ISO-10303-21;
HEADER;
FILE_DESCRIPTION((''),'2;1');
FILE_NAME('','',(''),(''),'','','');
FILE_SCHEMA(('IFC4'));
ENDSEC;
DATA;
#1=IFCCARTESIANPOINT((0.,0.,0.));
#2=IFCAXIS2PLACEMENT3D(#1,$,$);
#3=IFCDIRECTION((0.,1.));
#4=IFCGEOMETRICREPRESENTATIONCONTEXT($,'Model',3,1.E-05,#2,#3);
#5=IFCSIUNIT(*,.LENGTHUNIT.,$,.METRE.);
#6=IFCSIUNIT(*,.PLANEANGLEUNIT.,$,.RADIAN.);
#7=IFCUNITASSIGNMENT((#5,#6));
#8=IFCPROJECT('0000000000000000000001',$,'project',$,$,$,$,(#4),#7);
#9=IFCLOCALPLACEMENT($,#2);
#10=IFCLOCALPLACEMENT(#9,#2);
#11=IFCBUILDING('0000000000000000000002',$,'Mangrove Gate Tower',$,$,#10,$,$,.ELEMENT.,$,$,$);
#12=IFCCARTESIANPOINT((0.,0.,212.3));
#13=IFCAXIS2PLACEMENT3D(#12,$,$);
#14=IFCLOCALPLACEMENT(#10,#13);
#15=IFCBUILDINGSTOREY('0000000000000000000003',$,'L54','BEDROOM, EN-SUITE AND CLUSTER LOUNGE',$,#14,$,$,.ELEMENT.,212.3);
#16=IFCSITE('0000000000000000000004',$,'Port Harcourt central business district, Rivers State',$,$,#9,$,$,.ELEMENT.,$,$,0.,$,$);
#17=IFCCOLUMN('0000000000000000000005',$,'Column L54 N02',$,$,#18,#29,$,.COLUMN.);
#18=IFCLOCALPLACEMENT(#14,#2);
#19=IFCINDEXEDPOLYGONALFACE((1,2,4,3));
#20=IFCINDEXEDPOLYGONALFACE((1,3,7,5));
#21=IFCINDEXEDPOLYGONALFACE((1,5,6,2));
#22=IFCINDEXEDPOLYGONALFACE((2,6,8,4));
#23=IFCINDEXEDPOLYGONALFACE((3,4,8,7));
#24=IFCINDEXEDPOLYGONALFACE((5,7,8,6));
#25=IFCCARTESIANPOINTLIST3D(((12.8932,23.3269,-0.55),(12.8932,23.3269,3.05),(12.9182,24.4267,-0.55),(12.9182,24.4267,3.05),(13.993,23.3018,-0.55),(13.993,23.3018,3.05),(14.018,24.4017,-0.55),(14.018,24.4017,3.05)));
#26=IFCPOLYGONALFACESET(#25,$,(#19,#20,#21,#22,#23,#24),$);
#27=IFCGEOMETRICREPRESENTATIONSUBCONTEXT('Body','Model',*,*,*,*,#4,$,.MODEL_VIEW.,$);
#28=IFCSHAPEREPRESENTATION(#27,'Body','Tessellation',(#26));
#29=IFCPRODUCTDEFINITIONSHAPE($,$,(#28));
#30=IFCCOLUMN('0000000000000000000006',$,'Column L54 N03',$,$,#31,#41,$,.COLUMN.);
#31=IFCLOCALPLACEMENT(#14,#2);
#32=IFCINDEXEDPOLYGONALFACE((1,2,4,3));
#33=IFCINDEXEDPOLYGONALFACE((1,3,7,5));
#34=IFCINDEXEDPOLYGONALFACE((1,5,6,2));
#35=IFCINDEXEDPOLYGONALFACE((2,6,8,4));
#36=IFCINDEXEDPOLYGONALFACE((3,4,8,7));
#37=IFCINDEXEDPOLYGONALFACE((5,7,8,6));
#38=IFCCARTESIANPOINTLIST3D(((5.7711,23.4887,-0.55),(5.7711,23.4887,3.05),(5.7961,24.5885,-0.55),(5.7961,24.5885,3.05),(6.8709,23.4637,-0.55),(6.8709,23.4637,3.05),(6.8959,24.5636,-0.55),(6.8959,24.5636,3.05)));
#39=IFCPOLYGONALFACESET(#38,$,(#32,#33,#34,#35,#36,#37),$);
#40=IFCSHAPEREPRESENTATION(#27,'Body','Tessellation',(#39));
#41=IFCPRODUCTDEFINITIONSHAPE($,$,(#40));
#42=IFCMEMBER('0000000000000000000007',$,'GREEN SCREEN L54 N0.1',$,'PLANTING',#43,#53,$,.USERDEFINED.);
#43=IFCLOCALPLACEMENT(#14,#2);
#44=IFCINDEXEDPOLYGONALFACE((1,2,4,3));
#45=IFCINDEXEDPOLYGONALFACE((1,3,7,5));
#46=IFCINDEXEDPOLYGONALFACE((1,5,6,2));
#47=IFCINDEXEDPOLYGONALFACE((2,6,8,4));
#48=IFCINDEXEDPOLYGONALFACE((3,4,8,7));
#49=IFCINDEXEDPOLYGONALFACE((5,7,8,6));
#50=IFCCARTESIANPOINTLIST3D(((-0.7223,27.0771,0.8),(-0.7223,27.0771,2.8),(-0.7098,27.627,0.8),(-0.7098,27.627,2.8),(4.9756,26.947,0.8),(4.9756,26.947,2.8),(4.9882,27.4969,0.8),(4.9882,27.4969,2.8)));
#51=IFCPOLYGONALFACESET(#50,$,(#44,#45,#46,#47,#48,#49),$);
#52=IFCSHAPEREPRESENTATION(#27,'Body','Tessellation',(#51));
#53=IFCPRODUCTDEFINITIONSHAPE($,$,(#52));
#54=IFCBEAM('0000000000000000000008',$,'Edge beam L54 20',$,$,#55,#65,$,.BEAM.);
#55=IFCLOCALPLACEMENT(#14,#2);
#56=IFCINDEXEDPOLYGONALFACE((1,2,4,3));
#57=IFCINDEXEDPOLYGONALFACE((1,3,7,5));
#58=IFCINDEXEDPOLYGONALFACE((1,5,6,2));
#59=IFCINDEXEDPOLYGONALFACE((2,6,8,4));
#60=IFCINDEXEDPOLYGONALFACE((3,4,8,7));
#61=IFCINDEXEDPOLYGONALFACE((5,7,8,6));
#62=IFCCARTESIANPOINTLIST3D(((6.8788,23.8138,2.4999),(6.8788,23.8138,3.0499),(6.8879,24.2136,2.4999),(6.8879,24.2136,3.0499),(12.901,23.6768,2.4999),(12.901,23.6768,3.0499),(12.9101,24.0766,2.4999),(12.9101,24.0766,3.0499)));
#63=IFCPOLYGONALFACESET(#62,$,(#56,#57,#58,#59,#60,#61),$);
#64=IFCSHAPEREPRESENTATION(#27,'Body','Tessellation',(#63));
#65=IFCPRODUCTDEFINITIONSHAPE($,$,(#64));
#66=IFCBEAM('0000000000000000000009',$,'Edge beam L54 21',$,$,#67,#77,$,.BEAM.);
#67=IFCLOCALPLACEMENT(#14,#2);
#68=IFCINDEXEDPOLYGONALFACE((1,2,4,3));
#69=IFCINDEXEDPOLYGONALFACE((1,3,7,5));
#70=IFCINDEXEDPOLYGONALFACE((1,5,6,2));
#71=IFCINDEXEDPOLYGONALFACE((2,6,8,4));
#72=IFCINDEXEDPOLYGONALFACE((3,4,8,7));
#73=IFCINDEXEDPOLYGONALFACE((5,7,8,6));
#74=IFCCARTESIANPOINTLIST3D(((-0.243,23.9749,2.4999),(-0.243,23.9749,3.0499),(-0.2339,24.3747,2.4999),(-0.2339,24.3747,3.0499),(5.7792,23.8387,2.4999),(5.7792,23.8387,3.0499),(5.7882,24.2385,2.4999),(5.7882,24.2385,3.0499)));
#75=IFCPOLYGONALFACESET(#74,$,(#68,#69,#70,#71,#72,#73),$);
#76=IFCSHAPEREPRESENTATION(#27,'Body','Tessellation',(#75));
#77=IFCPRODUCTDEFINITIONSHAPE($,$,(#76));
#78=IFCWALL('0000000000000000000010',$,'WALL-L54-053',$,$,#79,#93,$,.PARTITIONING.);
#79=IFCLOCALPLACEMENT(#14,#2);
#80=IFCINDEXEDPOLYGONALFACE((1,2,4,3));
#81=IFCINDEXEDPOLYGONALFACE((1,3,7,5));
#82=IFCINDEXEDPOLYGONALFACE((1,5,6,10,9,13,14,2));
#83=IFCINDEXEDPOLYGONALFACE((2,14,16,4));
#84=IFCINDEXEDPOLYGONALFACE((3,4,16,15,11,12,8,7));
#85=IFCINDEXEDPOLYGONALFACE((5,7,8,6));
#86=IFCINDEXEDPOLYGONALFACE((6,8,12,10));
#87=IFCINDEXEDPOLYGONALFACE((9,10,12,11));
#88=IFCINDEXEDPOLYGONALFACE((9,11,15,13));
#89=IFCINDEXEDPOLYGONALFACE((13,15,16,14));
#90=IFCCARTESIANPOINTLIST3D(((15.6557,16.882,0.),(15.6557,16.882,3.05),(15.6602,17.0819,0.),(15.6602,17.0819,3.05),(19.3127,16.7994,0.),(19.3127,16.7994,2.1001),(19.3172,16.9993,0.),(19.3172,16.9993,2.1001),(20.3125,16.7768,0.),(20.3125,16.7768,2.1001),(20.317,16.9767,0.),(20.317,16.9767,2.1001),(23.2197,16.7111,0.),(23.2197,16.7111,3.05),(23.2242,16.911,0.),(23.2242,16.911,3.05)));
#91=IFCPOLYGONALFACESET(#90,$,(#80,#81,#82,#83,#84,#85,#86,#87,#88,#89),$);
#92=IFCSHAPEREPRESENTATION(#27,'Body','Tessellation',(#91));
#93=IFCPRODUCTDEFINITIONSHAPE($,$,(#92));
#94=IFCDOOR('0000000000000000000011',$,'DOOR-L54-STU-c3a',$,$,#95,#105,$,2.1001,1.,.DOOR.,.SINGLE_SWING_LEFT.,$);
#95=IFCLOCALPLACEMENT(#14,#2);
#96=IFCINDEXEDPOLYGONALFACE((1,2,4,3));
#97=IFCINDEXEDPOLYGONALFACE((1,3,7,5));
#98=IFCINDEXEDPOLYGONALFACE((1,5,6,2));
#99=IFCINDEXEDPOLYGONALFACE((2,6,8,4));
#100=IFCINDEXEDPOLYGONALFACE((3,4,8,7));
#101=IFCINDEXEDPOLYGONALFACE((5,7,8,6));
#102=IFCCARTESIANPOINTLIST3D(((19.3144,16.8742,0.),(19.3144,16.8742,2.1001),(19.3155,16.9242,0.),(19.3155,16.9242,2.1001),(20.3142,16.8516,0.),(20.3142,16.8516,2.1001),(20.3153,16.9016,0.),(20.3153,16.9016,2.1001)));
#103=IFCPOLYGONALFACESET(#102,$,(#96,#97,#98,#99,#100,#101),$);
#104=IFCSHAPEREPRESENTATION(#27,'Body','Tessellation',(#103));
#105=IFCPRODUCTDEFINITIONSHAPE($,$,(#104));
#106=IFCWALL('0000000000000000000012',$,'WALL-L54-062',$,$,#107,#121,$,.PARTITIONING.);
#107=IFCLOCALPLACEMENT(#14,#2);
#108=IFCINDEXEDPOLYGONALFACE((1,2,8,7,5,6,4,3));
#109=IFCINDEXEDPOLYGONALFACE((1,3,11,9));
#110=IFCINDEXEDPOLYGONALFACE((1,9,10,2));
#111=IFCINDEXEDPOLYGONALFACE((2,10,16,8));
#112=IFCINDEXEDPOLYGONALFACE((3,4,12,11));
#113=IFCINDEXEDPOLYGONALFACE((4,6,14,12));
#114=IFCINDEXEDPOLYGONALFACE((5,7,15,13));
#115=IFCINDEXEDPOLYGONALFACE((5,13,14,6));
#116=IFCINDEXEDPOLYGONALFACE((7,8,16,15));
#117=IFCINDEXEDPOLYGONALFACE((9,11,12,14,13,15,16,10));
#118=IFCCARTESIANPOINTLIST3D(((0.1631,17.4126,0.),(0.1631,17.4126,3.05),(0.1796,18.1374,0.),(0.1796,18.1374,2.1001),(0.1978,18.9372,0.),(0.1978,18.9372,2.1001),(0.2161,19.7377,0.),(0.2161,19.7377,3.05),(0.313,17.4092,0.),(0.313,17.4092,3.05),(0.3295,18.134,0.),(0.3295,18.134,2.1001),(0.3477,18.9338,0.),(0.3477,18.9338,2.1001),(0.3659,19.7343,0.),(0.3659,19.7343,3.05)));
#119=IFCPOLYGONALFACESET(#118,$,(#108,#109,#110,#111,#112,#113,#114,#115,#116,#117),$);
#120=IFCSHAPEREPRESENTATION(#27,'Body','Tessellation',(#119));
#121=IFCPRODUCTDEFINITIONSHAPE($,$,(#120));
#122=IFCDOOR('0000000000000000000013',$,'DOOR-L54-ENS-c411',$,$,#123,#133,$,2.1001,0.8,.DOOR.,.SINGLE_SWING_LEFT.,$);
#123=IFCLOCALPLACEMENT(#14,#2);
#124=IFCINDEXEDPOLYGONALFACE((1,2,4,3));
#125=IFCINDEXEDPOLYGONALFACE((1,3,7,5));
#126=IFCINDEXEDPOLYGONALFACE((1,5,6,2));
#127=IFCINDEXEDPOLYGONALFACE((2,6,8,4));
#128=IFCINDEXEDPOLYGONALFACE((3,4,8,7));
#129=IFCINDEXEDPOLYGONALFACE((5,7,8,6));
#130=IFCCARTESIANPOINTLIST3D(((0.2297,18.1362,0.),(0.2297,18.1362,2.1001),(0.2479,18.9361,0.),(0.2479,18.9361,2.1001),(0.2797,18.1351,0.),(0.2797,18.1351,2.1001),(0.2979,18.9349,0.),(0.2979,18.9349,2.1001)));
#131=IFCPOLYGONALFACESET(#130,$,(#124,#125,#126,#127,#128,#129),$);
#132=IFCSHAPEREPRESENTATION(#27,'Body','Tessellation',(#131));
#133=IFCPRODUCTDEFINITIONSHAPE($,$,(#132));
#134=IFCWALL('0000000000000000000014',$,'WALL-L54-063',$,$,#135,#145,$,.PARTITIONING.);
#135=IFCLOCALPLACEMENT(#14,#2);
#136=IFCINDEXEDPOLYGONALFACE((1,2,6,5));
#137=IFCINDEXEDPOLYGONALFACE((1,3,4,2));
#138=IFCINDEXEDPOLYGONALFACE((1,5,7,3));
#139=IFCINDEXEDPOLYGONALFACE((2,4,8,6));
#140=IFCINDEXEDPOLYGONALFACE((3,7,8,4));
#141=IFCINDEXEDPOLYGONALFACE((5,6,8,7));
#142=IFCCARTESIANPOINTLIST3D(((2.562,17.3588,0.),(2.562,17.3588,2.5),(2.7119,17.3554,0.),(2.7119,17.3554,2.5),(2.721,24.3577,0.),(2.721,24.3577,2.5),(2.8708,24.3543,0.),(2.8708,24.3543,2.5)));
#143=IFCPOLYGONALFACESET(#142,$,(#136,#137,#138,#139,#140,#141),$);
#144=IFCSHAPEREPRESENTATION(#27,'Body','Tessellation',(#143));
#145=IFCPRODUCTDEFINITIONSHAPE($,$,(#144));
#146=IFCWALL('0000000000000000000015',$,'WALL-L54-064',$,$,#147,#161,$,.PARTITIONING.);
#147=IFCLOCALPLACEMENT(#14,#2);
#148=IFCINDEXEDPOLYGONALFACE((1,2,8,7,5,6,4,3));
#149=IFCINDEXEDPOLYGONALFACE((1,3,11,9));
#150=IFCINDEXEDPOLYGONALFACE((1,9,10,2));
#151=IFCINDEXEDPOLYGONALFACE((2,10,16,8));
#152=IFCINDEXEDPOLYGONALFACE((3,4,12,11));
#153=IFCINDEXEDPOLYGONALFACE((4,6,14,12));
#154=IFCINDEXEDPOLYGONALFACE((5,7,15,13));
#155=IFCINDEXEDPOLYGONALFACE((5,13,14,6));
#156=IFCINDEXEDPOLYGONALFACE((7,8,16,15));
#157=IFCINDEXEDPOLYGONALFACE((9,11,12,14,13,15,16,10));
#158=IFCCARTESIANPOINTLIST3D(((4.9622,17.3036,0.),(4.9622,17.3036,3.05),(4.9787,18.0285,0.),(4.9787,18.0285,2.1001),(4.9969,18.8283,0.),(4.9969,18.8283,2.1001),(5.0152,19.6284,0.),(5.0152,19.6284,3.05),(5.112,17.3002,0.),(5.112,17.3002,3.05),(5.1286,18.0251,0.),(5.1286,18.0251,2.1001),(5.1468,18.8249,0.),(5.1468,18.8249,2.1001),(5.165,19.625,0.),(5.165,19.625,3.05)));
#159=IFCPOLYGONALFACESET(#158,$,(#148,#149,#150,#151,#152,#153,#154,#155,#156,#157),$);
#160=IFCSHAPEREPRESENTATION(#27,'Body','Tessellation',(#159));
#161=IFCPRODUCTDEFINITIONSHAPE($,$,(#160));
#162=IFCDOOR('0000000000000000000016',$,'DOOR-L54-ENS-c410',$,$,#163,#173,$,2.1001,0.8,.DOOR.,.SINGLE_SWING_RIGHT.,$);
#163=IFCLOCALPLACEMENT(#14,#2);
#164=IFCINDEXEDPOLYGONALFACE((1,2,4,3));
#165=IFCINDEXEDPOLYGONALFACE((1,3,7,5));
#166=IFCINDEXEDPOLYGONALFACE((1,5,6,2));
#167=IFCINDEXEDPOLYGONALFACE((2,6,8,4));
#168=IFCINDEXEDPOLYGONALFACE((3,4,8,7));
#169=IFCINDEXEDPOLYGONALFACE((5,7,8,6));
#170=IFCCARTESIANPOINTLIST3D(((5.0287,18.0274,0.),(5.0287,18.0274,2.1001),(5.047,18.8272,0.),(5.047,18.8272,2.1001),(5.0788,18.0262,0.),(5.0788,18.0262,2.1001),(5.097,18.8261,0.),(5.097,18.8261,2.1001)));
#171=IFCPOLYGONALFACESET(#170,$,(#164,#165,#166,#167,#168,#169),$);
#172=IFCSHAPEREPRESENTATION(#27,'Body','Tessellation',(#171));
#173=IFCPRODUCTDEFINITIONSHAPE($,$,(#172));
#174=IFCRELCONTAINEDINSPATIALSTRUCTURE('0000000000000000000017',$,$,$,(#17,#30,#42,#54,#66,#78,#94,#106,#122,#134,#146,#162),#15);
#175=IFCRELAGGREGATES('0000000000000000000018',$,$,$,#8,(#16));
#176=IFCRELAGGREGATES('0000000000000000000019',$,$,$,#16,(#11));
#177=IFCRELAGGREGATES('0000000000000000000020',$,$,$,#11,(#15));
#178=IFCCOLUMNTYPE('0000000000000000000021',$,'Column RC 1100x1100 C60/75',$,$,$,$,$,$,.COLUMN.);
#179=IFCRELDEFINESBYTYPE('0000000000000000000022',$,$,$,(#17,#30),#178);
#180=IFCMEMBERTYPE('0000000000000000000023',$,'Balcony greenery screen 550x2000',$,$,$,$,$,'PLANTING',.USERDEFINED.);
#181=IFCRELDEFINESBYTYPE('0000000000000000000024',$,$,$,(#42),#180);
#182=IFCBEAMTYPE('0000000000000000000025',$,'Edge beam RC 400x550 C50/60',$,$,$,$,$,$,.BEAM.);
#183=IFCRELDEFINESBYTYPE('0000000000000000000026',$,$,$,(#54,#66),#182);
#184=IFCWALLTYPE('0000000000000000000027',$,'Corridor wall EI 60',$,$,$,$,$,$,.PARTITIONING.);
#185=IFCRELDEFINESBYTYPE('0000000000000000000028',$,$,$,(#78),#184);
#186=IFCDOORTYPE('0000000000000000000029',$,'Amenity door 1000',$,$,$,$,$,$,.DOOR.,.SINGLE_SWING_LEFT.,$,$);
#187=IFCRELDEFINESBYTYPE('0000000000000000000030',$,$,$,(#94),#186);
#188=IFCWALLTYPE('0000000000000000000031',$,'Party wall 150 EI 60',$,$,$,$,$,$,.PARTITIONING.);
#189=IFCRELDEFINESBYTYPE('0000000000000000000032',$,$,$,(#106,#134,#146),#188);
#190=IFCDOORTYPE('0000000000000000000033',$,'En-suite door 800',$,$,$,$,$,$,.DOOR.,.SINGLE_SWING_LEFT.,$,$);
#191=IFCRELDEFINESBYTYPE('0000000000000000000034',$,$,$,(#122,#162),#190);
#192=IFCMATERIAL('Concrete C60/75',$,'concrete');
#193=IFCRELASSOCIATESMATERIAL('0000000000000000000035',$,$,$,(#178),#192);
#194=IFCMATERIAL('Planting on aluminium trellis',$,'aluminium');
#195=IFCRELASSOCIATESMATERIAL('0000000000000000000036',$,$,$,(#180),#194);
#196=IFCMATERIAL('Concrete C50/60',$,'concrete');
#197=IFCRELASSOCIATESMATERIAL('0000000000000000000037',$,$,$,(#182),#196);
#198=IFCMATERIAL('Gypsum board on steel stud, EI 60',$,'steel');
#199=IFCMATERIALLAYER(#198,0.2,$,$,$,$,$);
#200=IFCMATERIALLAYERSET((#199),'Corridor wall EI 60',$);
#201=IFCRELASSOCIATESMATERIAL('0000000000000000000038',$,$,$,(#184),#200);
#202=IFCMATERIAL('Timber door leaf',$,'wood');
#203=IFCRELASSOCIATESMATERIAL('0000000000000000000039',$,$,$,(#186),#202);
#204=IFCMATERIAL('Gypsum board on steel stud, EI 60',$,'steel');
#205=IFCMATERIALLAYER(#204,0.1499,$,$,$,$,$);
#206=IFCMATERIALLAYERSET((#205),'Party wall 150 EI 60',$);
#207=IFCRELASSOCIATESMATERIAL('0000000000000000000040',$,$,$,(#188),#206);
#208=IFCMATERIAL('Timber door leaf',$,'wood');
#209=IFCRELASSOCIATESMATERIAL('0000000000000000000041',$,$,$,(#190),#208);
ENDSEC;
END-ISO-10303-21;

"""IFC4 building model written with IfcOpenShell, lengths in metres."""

from ifc_helpers import new_model, si_unit, direction, frame, frame_2d, origin, origin_2d, place, context, subcontext, project, spatial, rectangle, extrude, material, layer, layer_set, material_profile, profile_set, type_object, element, fill, save


model = new_model("IFC4")

# Units and contexts
model_context = context("Model", 3, precision=1e-05, world=origin(), true_north=direction((0.0, 1.0)))
body_context = subcontext(model_context, "Body", "Model", "MODEL_VIEW")
ifc_project = project(units=[si_unit("LENGTHUNIT", "METRE"), si_unit("PLANEANGLEUNIT", "RADIAN")], contexts=[model_context])

# Site, building, storey
site_placement = place(None, origin())
site = spatial("IfcSite", under=ifc_project, at=site_placement, Name="Port Harcourt central business district, Rivers State", CompositionType="ELEMENT", RefElevation=0.0)
building_placement = place(site_placement, origin())
building = spatial("IfcBuilding", under=site, at=building_placement, Name="Mangrove Gate Tower", CompositionType="ELEMENT")
storey_placement = place(building_placement, frame((0.0, 0.0, 212.3)))
storey = spatial("IfcBuildingStorey", under=building, at=storey_placement, Name="L54", Description="BEDROOM, EN-SUITE AND CLUSTER LOUNGE", CompositionType="ELEMENT", Elevation=212.3)

# Columns
ifc_material_1 = material(Name="Concrete C60/75", Category="concrete")
ifc_material_profile_1 = material_profile(ifc_material_1, rectangle(XDim=1.1001, YDim=1.1001, at=origin_2d()))
ifc_profile_set_1 = profile_set([ifc_material_profile_1], Name="Concrete C60/75")
column_type = type_object("IfcColumnType", Name="Column RC 1100x1100 C60/75", PredefinedType="COLUMN", material=ifc_profile_set_1)
for number, where, z_axis, x_axis, name in (
    (1, (13.4556, 23.8643, -0.55), (0.0, 0.0, 1.0), (-0.999741, 0.022741, 0.0), "Column L54 N02"),
    (2, (6.3335, 24.0261, -0.55), (0.0, 0.0, 1.0), (-0.999743, 0.02267, 0.0), "Column L54 N03"),
):
    element("IfcColumn", number, at=place(storey_placement, frame(where, z_axis=z_axis, x_axis=x_axis)), inside=storey, type_object=column_type, Name=name, PredefinedType="COLUMN", context=body_context, shape_type="SweptSolid", body=[
        extrude(rectangle(XDim=1.1001, YDim=1.1001, at=origin_2d()), origin(), (0.0, 0.0, 1.0), 3.6001),
    ])

# Member
ifc_material_2 = material(Name="Planting on aluminium trellis", Category="aluminium")
ifc_material_profile_2 = material_profile(ifc_material_2, rectangle(XDim=0.55, YDim=2.0, at=origin_2d()))
ifc_profile_set_2 = profile_set([ifc_material_profile_2], Name="Planting on aluminium trellis")
member_type = type_object("IfcMemberType", Name="Balcony greenery screen 550x2000", ElementType="PLANTING", PredefinedType="USERDEFINED", material=ifc_profile_set_2)
member_placement = place(storey_placement, frame((-0.7161, 27.3521, 1.8), z_axis=(0.999739, -0.022831, 0.0), x_axis=(0.022831, 0.999739, 0.0)))
element("IfcMember", 3, at=member_placement, inside=storey, type_object=member_type, Name="GREEN SCREEN L54 N0.1", ObjectType="PLANTING", PredefinedType="USERDEFINED", context=body_context, shape_type="SweptSolid", body=[
    extrude(rectangle(XDim=0.55, YDim=2.0, at=origin_2d()), origin(), (0.0, 0.0, 1.0), 5.6995),
])

# Beams
ifc_material_3 = material(Name="Concrete C50/60", Category="concrete")
ifc_material_profile_3 = material_profile(ifc_material_3, rectangle(XDim=0.3999, YDim=0.55, at=origin_2d()))
ifc_profile_set_3 = profile_set([ifc_material_profile_3], Name="Concrete C50/60")
beam_type = type_object("IfcBeamType", Name="Edge beam RC 400x550 C50/60", PredefinedType="BEAM", material=ifc_profile_set_3)
for number, where, z_axis, x_axis, name in (
    (4, (12.9055, 23.8767, 2.7749), (-0.999741, 0.022737, 0.0), (-0.022737, -0.999741, 0.0), "Edge beam L54 20"),
    (5, (5.7837, 24.0386, 2.7749), (-0.999744, 0.022616, 0.0), (-0.022616, -0.999744, 0.0), "Edge beam L54 21"),
):
    element("IfcBeam", number, at=place(storey_placement, frame(where, z_axis=z_axis, x_axis=x_axis)), inside=storey, type_object=beam_type, Name=name, PredefinedType="BEAM", context=body_context, shape_type="SweptSolid", body=[
        extrude(rectangle(XDim=0.3999, YDim=0.55, at=origin_2d()), origin(), (0.0, 0.0, 1.0), 6.0237),
    ])

# Walls, openings, doors
ifc_material_4 = material(Name="Gypsum board on steel stud, EI 60", Category="steel")
ifc_layer_1 = layer(ifc_material_4, 0.2)
ifc_layer_set_1 = layer_set([ifc_layer_1], Name="Corridor wall EI 60")
wall_type_1 = type_object("IfcWallType", Name="Corridor wall EI 60", PredefinedType="PARTITIONING", material=ifc_layer_set_1)
wall_1_placement = place(storey_placement, frame((15.658, 16.9819, 0.0), z_axis=(0.0, 0.0, 1.0), x_axis=(0.999745, -0.022588, 0.0)))
wall_1 = element("IfcWall", 6, at=wall_1_placement, inside=storey, type_object=wall_type_1, Name="WALL-L54-053", PredefinedType="PARTITIONING", context=body_context, shape_type="SweptSolid", body=[
    extrude(rectangle(XDim=7.5659, YDim=0.2, at=frame_2d((3.783, 0.0))), origin(), (0.0, 0.0, 1.0), 3.05),
])
opening_1_placement = place(wall_1_placement, frame((3.658, 0.0, 0.0)))
opening_1 = element("IfcOpeningElement", 7, at=opening_1_placement, cuts=wall_1, PredefinedType="OPENING", context=body_context, shape_type="SweptSolid", body=[
    extrude(rectangle(XDim=1.0, YDim=2.1001, at=frame_2d((0.5, 1.05))), frame((0.0, 0.1099, 0.0), z_axis=(0.0, -1.0, 0.0), x_axis=(1.0, 0.0, 0.0)), (0.0, 0.0, 1.0), 0.22),
])
ifc_material_5 = material(Name="Timber door leaf", Category="wood")
door_type_1 = type_object("IfcDoorType", Name="Amenity door 1000", OperationType="SINGLE_SWING_LEFT", PredefinedType="DOOR", material=ifc_material_5)
door_1_placement = place(opening_1_placement, origin())
door_1 = element("IfcDoor", 8, at=door_1_placement, inside=storey, type_object=door_type_1, Name="DOOR-L54-STU-c3a", OperationType="SINGLE_SWING_LEFT", OverallHeight=2.1001, OverallWidth=1.0, PredefinedType="DOOR", context=body_context, shape_type="SweptSolid", body=[
    extrude(rectangle(XDim=1.0, YDim=2.1001, at=frame_2d((0.5, 1.05))), frame((0.0, 0.0249, 0.0), z_axis=(0.0, -1.0, 0.0), x_axis=(1.0, 0.0, 0.0)), (0.0, 0.0, 1.0), 0.05),
])
fill(opening_1, door_1)
ifc_material_6 = material(Name="Gypsum board on steel stud, EI 60", Category="steel")
ifc_layer_2 = layer(ifc_material_6, 0.1499)
ifc_layer_set_2 = layer_set([ifc_layer_2], Name="Party wall 150 EI 60")
wall_type_2 = type_object("IfcWallType", Name="Party wall 150 EI 60", PredefinedType="PARTITIONING", material=ifc_layer_set_2)
wall_2_placement = place(storey_placement, frame((0.238, 17.4109, 0.0), z_axis=(0.0, 0.0, 1.0), x_axis=(0.022779, 0.999741, 0.0)))
wall_2 = element("IfcWall", 9, at=wall_2_placement, inside=storey, type_object=wall_type_2, Name="WALL-L54-062", PredefinedType="PARTITIONING", context=body_context, shape_type="SweptSolid", body=[
    extrude(rectangle(XDim=2.3257, YDim=0.1499, at=frame_2d((1.1628, 0.0))), origin(), (0.0, 0.0, 1.0), 3.05),
])
opening_2_placement = place(wall_2_placement, frame((0.7251, 0.0, 0.0)))
opening_2 = element("IfcOpeningElement", 10, at=opening_2_placement, cuts=wall_2, PredefinedType="OPENING", context=body_context, shape_type="SweptSolid", body=[
    extrude(rectangle(XDim=0.8, YDim=2.1001, at=frame_2d((0.3999, 1.05))), frame((0.0, 0.085, 0.0), z_axis=(0.0, -1.0, 0.0), x_axis=(1.0, 0.0, 0.0)), (0.0, 0.0, 1.0), 0.1699),
])
ifc_material_7 = material(Name="Timber door leaf", Category="wood")
door_type_2 = type_object("IfcDoorType", Name="En-suite door 800", OperationType="SINGLE_SWING_LEFT", PredefinedType="DOOR", material=ifc_material_7)
door_2_placement = place(opening_2_placement, origin())
door_2 = element("IfcDoor", 11, at=door_2_placement, inside=storey, type_object=door_type_2, Name="DOOR-L54-ENS-c411", OperationType="SINGLE_SWING_LEFT", OverallHeight=2.1001, OverallWidth=0.8, PredefinedType="DOOR", context=body_context, shape_type="SweptSolid", body=[
    extrude(rectangle(XDim=0.8, YDim=2.1001, at=frame_2d((0.3999, 1.05))), frame((0.0, 0.0249, 0.0), z_axis=(0.0, -1.0, 0.0), x_axis=(1.0, 0.0, 0.0)), (0.0, 0.0, 1.0), 0.05),
])
fill(opening_2, door_2)

# Wall
wall_3_placement = place(storey_placement, frame((2.637, 17.3569, 0.0), z_axis=(0.0, 0.0, 1.0), x_axis=(0.022702, 0.999742, 0.0)))
element("IfcWall", 12, at=wall_3_placement, inside=storey, type_object=wall_type_2, Name="WALL-L54-063", PredefinedType="PARTITIONING", context=body_context, shape_type="SweptSolid", body=[
    extrude(rectangle(XDim=7.0007, YDim=0.1499, at=frame_2d((3.5005, 0.0))), origin(), (0.0, 0.0, 1.0), 2.5),
])

# Wall, opening, door
wall_4_placement = place(storey_placement, frame((5.0371, 17.302, 0.0), z_axis=(0.0, 0.0, 1.0), x_axis=(0.022781, 0.99974, 0.0)))
wall_4 = element("IfcWall", 13, at=wall_4_placement, inside=storey, type_object=wall_type_2, Name="WALL-L54-064", PredefinedType="PARTITIONING", context=body_context, shape_type="SweptSolid", body=[
    extrude(rectangle(XDim=2.3254, YDim=0.1499, at=frame_2d((1.1626, 0.0))), origin(), (0.0, 0.0, 1.0), 3.05),
])
opening_3_placement = place(wall_4_placement, frame((0.7251, 0.0, 0.0)))
opening_3 = element("IfcOpeningElement", 14, at=opening_3_placement, cuts=wall_4, PredefinedType="OPENING", context=body_context, shape_type="SweptSolid", body=[
    extrude(rectangle(XDim=0.8, YDim=2.1001, at=frame_2d((0.3999, 1.05))), frame((0.0, 0.085, 0.0), z_axis=(0.0, -1.0, 0.0), x_axis=(1.0, 0.0, 0.0)), (0.0, 0.0, 1.0), 0.1699),
])
door_3_placement = place(opening_3_placement, origin())
door_3 = element("IfcDoor", 15, at=door_3_placement, inside=storey, type_object=door_type_2, Name="DOOR-L54-ENS-c410", OperationType="SINGLE_SWING_RIGHT", OverallHeight=2.1001, OverallWidth=0.8, PredefinedType="DOOR", context=body_context, shape_type="SweptSolid", body=[
    extrude(rectangle(XDim=0.8, YDim=2.1001, at=frame_2d((0.3999, 1.05))), frame((0.0, 0.0249, 0.0), z_axis=(0.0, -1.0, 0.0), x_axis=(1.0, 0.0, 0.0)), (0.0, 0.0, 1.0), 0.05),
])
fill(opening_3, door_3)

save(model, "model.ifc")
